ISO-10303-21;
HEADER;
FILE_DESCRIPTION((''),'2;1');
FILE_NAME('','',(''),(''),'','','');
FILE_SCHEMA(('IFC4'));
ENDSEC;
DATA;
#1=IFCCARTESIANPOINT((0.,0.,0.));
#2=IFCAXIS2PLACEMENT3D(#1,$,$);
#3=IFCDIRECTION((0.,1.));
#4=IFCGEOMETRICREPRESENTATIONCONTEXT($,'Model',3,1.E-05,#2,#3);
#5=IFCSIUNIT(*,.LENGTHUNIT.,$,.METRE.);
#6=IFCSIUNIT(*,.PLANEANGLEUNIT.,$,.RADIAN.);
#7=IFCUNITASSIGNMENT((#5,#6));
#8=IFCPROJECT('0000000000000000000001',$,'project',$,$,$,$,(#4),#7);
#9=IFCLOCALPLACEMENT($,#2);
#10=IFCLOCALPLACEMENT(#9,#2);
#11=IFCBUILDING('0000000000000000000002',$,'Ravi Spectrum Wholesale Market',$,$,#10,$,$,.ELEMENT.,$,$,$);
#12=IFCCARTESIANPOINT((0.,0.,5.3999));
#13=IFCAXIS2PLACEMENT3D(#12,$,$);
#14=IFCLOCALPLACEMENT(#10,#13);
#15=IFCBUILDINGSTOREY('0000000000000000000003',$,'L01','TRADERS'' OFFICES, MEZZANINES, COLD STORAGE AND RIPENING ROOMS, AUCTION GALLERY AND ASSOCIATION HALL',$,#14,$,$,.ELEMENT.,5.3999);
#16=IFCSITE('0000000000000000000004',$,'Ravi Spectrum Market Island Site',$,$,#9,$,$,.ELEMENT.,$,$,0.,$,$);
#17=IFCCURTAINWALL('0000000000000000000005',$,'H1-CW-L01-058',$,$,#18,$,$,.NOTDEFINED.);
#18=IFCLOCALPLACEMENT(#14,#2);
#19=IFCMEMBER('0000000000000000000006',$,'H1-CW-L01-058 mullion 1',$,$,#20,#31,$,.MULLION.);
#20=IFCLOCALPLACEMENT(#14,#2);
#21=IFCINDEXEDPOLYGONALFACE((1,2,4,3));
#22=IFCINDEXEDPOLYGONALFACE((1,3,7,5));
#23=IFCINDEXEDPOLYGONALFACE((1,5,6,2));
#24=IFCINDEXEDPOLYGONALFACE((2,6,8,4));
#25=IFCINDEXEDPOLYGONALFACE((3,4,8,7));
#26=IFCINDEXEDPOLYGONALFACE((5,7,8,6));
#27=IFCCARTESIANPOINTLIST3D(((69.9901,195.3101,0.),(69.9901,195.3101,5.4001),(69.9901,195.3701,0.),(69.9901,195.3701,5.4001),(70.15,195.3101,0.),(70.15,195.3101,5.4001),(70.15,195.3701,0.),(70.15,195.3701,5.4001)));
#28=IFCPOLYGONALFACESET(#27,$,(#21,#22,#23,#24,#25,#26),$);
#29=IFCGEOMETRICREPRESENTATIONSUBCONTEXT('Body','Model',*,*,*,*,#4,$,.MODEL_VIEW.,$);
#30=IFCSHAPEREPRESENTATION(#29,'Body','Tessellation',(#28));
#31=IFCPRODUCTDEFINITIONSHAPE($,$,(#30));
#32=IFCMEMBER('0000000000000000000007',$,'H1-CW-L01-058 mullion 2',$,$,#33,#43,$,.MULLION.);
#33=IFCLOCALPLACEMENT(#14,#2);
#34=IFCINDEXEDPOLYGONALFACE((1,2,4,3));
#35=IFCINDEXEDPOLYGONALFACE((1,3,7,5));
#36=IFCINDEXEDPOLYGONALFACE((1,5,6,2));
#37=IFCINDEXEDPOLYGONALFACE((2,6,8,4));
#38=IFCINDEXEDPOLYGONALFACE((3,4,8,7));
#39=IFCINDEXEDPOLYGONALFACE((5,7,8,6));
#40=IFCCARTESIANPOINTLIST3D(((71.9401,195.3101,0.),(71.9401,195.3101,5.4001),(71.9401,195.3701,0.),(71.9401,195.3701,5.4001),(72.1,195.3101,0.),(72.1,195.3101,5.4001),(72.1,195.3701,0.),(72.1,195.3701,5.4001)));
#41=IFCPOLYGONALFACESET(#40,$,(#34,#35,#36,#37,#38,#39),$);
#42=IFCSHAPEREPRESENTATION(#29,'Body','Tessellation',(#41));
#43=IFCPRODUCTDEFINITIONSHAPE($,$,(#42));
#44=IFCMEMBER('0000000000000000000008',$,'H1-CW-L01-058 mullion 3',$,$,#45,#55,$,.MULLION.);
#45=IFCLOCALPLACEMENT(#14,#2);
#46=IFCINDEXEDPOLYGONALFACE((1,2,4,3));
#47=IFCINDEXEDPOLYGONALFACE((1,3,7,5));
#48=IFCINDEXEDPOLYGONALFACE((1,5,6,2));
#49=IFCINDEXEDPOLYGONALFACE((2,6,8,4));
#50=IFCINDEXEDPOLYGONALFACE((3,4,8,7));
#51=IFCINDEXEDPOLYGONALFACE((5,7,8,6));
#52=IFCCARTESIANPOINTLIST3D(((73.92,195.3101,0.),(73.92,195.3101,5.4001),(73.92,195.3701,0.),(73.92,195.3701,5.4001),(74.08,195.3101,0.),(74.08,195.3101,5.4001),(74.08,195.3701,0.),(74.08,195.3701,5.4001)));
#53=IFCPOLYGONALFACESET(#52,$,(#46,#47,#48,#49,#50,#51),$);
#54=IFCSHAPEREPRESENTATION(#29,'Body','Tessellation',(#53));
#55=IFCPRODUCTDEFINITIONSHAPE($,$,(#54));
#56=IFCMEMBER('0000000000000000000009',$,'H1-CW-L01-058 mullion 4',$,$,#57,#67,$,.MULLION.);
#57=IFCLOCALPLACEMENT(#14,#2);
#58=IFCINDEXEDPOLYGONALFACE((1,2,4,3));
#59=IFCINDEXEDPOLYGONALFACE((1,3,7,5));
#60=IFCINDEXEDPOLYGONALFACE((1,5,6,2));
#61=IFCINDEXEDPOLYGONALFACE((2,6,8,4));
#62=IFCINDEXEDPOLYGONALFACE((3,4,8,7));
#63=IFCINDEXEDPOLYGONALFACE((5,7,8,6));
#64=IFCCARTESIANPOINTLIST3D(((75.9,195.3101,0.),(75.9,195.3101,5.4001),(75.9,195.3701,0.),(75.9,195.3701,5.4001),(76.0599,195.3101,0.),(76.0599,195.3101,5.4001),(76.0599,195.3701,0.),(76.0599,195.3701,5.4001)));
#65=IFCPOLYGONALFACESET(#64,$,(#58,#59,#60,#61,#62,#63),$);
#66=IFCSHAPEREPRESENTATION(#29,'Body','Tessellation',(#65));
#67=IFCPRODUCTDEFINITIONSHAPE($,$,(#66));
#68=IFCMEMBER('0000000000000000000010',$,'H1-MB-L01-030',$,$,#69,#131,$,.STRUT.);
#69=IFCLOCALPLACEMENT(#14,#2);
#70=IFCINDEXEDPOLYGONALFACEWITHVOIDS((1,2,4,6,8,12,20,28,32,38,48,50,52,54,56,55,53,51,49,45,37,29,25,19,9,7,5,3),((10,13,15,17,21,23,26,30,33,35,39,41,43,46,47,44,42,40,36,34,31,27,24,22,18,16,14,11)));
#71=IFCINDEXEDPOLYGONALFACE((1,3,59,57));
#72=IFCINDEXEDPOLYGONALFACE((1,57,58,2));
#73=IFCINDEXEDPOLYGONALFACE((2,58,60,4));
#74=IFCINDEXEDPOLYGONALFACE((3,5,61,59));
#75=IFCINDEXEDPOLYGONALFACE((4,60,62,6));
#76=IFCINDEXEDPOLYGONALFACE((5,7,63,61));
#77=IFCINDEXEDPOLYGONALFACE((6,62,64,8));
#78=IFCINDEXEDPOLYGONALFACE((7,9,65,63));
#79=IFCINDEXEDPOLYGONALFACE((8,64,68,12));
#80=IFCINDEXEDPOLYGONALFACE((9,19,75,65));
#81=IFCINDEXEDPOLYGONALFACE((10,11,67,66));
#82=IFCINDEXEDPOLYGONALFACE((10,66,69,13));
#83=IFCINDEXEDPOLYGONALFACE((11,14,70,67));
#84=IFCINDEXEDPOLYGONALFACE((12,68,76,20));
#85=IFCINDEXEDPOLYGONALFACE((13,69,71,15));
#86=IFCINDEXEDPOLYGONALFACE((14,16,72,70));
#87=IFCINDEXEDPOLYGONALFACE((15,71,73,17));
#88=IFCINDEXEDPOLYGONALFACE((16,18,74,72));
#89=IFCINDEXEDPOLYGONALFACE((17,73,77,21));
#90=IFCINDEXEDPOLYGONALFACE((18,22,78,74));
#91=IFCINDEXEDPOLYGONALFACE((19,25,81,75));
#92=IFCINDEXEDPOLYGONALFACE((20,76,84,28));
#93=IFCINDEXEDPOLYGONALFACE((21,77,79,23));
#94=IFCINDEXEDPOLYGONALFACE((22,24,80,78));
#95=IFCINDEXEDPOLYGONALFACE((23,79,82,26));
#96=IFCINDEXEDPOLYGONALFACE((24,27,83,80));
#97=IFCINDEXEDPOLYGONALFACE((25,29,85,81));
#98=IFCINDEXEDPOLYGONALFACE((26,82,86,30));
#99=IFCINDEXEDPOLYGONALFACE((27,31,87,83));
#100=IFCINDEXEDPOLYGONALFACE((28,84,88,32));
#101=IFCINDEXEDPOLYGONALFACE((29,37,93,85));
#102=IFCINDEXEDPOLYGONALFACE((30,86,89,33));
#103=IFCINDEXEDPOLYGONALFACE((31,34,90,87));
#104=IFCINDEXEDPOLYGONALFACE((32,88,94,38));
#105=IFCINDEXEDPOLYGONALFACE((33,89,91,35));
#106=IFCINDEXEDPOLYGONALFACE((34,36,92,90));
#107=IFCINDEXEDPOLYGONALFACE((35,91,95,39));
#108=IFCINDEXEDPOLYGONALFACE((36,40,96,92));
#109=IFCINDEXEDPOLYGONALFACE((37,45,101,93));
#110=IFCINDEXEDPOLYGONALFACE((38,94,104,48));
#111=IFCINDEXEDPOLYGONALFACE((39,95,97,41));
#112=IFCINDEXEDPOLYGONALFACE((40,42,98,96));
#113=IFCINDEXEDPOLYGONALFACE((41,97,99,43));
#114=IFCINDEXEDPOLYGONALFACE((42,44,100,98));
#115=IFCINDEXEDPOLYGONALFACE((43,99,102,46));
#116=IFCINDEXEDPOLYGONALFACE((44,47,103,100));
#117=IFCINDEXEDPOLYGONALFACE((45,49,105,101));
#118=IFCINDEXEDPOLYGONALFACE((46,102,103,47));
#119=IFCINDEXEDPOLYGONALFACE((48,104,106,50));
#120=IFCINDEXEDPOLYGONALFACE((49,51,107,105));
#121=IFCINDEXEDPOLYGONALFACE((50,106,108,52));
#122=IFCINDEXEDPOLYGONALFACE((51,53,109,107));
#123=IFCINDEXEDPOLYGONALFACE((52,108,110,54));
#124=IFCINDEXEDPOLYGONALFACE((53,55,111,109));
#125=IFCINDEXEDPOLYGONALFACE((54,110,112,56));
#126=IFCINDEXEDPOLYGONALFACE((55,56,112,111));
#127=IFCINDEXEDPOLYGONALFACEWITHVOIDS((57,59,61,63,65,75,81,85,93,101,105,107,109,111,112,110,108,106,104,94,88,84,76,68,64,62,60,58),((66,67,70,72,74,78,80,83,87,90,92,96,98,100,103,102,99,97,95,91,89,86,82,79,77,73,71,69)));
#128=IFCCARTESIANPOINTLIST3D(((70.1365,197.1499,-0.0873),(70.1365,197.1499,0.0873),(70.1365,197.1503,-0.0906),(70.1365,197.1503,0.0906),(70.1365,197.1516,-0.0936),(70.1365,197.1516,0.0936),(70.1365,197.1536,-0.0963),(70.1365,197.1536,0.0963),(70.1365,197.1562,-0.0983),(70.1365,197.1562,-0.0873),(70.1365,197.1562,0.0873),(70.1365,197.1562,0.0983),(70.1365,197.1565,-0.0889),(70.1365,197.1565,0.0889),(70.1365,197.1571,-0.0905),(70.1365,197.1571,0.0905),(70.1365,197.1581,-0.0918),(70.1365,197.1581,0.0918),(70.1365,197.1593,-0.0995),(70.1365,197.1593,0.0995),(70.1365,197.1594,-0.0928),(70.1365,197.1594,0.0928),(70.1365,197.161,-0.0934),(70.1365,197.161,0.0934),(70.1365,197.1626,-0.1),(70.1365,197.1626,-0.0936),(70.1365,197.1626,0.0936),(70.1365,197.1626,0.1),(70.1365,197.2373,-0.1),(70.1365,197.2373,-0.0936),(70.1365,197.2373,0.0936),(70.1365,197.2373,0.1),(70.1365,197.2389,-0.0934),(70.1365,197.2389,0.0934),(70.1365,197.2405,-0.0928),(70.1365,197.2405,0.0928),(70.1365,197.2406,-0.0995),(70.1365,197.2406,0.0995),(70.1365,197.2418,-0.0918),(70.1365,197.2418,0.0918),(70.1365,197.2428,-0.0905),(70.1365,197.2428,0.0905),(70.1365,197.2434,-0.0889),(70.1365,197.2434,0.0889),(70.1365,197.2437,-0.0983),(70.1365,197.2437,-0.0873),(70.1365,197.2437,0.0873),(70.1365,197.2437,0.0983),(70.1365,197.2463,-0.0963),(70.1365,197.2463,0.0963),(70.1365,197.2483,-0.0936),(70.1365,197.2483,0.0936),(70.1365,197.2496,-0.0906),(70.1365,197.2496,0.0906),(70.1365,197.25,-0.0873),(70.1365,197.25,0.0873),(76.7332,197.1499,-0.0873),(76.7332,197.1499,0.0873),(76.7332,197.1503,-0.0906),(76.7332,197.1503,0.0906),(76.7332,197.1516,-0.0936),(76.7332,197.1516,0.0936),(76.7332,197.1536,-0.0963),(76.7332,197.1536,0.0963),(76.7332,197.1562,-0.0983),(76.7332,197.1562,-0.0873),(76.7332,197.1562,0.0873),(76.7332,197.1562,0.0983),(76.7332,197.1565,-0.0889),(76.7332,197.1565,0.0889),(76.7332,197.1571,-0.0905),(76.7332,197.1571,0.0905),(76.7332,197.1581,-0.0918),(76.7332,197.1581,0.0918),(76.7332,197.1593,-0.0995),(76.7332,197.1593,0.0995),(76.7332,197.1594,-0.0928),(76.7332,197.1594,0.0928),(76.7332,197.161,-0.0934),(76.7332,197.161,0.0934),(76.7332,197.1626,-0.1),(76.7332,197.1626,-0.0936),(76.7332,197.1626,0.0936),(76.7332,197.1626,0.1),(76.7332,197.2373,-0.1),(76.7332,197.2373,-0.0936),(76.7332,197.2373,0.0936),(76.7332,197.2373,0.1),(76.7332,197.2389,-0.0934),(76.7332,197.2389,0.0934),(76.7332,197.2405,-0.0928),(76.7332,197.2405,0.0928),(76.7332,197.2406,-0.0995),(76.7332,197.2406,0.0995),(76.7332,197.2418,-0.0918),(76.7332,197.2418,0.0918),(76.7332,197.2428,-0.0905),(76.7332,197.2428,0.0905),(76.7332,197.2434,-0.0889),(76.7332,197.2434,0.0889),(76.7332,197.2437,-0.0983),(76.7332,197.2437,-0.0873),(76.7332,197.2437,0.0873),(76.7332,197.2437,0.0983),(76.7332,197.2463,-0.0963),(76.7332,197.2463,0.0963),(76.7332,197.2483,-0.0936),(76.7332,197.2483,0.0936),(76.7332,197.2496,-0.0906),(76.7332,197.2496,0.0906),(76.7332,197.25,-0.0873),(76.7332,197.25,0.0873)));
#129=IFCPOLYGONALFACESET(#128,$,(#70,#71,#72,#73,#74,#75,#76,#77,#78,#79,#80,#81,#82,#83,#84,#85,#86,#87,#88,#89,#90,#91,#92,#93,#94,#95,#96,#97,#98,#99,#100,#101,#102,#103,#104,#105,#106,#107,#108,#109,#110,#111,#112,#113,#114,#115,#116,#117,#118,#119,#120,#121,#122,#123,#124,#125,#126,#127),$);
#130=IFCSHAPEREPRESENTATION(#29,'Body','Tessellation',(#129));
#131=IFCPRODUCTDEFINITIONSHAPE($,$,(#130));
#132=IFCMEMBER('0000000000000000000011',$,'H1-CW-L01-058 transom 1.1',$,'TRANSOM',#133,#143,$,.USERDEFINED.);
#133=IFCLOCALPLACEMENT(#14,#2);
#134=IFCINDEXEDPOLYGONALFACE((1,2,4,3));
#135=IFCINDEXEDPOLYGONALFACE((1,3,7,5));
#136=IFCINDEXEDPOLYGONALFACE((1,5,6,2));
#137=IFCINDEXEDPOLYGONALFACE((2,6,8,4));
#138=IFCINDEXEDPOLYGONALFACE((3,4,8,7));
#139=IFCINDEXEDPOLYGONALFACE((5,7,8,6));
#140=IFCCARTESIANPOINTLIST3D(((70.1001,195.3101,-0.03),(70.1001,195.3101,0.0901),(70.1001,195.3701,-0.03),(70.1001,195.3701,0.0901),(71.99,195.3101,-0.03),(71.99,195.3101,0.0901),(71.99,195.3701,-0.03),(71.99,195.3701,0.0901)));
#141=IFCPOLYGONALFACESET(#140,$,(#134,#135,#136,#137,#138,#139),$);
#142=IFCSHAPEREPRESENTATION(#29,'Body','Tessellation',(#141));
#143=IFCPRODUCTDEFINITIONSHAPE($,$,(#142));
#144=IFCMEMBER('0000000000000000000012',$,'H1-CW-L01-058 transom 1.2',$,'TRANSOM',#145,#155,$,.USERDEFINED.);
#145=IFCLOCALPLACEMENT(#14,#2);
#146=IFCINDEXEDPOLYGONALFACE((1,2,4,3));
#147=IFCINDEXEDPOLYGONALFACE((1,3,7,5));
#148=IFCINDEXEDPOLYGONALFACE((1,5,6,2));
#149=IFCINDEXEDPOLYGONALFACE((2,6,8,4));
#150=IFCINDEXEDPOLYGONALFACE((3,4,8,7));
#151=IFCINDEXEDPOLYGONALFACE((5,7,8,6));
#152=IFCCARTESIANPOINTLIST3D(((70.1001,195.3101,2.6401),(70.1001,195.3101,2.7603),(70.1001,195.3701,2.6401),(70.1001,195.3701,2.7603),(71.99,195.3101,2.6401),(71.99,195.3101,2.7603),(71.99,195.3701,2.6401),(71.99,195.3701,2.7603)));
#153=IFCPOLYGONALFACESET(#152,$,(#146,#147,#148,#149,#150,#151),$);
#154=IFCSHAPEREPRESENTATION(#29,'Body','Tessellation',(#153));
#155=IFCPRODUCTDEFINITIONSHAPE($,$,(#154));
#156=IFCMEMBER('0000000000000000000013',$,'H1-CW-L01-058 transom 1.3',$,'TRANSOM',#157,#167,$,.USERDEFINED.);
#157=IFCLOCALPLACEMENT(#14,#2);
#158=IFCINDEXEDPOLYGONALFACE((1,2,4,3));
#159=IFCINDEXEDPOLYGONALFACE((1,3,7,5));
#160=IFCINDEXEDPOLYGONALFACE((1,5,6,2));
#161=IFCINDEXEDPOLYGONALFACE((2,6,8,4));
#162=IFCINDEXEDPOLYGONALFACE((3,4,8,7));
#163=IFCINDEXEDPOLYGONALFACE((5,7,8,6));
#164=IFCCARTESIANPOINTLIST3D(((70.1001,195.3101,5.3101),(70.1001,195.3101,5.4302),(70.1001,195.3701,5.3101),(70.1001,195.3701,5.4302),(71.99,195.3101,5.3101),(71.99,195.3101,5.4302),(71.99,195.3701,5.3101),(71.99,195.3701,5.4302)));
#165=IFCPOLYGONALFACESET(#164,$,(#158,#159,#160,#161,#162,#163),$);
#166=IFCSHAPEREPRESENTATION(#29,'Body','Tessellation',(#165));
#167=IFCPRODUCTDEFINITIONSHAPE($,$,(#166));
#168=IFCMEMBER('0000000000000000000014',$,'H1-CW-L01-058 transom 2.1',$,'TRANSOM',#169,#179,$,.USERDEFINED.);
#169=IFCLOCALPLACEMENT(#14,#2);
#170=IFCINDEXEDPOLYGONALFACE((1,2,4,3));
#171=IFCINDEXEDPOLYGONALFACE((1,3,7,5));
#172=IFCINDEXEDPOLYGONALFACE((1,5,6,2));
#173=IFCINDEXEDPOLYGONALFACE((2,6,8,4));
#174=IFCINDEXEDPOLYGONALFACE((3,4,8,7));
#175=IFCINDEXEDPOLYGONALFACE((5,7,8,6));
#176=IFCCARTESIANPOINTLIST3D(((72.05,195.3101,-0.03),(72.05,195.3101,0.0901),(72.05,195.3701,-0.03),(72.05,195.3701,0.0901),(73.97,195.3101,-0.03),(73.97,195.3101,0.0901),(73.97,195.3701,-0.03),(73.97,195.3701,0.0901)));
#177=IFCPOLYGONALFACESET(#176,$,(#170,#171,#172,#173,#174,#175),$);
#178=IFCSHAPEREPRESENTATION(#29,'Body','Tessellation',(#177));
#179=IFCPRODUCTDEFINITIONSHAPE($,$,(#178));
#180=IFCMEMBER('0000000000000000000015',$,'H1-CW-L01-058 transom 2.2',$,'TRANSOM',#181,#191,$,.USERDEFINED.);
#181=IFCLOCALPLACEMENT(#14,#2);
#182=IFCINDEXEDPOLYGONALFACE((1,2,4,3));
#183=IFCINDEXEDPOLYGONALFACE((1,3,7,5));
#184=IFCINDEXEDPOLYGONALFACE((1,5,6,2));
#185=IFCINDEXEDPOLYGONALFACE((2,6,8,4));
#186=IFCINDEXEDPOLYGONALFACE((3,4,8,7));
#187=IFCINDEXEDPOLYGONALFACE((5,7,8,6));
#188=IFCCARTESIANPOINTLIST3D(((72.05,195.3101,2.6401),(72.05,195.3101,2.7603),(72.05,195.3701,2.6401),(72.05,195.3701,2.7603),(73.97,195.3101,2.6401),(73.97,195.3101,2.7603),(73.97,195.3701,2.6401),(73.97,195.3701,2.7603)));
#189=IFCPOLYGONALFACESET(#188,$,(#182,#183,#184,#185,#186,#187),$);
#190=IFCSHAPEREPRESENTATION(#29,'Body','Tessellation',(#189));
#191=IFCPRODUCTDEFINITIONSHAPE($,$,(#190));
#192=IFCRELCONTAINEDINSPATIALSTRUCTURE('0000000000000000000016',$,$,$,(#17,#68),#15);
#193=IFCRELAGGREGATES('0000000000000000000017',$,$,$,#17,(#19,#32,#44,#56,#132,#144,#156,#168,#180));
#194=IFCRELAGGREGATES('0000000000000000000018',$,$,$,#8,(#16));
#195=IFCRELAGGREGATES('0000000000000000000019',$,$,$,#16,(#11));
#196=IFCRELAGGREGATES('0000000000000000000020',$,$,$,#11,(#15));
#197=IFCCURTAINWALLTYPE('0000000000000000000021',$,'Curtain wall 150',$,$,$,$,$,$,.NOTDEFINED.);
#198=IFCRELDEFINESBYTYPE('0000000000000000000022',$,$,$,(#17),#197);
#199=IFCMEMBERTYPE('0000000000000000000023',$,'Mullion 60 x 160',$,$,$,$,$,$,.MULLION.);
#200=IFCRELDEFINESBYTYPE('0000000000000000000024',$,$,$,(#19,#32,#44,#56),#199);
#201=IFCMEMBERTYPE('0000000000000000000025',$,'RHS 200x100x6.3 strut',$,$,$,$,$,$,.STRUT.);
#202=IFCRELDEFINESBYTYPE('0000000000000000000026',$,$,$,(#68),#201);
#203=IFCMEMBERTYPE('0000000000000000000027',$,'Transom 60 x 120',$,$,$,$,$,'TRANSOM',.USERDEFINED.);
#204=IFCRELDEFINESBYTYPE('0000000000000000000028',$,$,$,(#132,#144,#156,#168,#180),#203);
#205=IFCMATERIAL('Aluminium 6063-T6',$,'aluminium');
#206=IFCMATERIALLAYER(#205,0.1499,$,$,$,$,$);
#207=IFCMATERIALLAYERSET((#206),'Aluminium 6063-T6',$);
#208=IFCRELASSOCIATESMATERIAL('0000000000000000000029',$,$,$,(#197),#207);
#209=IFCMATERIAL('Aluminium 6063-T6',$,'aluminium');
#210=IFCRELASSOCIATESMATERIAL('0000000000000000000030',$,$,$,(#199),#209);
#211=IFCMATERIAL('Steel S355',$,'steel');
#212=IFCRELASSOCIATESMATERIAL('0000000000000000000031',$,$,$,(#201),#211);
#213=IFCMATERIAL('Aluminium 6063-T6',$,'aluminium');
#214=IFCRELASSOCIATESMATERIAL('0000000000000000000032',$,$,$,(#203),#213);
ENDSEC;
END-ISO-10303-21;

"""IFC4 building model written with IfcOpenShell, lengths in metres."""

from ifc_helpers import new_model, si_unit, direction, frame, origin, origin_2d, place, context, subcontext, project, spatial, rectangle, hollow_rectangle, extrude, material, layer, layer_set, material_profile, profile_set, type_object, element, aggregate, save


model = new_model("IFC4")

# Units and contexts
model_context = context("Model", 3, precision=1e-05, world=origin(), true_north=direction((0.0, 1.0)))
body_context = subcontext(model_context, "Body", "Model", "MODEL_VIEW")
ifc_project = project(units=[si_unit("LENGTHUNIT", "METRE"), si_unit("PLANEANGLEUNIT", "RADIAN")], contexts=[model_context])

# Site, building, storey
site_placement = place(None, origin())
site = spatial("IfcSite", under=ifc_project, at=site_placement, Name="Ravi Spectrum Market Island Site", CompositionType="ELEMENT", RefElevation=0.0)
building_placement = place(site_placement, origin())
building = spatial("IfcBuilding", under=site, at=building_placement, Name="Ravi Spectrum Wholesale Market", CompositionType="ELEMENT")
storey_placement = place(building_placement, frame((0.0, 0.0, 5.3999)))
storey = spatial("IfcBuildingStorey", under=building, at=storey_placement, Name="L01", Description="TRADERS' OFFICES, MEZZANINES, COLD STORAGE AND RIPENING ROOMS, AUCTION GALLERY AND ASSOCIATION HALL", CompositionType="ELEMENT", Elevation=5.3999)

# Curtain wall, members
ifc_material_1 = material(Name="Aluminium 6063-T6", Category="aluminium")
ifc_layer_1 = layer(ifc_material_1, 0.1499)
ifc_layer_set_1 = layer_set([ifc_layer_1], Name="Aluminium 6063-T6")
curtain_wall_type = type_object("IfcCurtainWallType", Name="Curtain wall 150", PredefinedType="NOTDEFINED", material=ifc_layer_set_1)
curtain_wall_placement = place(storey_placement, origin())
curtain_wall = element("IfcCurtainWall", 1, at=curtain_wall_placement, inside=storey, type_object=curtain_wall_type, Name="H1-CW-L01-058", PredefinedType="NOTDEFINED")
ifc_material_2 = material(Name="Aluminium 6063-T6", Category="aluminium")
ifc_material_profile_1 = material_profile(ifc_material_2, rectangle(XDim=0.0601, YDim=0.1599, at=origin_2d()))
ifc_profile_set_1 = profile_set([ifc_material_profile_1], Name="Aluminium 6063-T6")
member_type_1 = type_object("IfcMemberType", Name="Mullion 60 x 160", PredefinedType="MULLION", material=ifc_profile_set_1)
member_1_placement = place(storey_placement, frame((70.0701, 195.3401, 0.0), z_axis=(0.0, 0.0, 1.0), x_axis=(0.0, 1.0, 0.0)))
member_1 = element("IfcMember", 2, at=member_1_placement, type_object=member_type_1, Name="H1-CW-L01-058 mullion 1", PredefinedType="MULLION", context=body_context, shape_type="SweptSolid", body=[
    extrude(rectangle(XDim=0.0601, YDim=0.1599, at=origin_2d()), origin(), (0.0, 0.0, 1.0), 5.4001),
])
member_2_placement = place(storey_placement, frame((72.02, 195.3401, 0.0), z_axis=(0.0, 0.0, 1.0), x_axis=(0.0, 1.0, 0.0)))
member_2 = element("IfcMember", 3, at=member_2_placement, type_object=member_type_1, Name="H1-CW-L01-058 mullion 2", PredefinedType="MULLION", context=body_context, shape_type="SweptSolid", body=[
    extrude(rectangle(XDim=0.0601, YDim=0.1599, at=origin_2d()), origin(), (0.0, 0.0, 1.0), 5.4001),
])
member_3_placement = place(storey_placement, frame((74.0, 195.3401, 0.0), z_axis=(0.0, 0.0, 1.0), x_axis=(0.0, 1.0, 0.0)))
member_3 = element("IfcMember", 4, at=member_3_placement, type_object=member_type_1, Name="H1-CW-L01-058 mullion 3", PredefinedType="MULLION", context=body_context, shape_type="SweptSolid", body=[
    extrude(rectangle(XDim=0.0601, YDim=0.1599, at=origin_2d()), origin(), (0.0, 0.0, 1.0), 5.4001),
])
member_4_placement = place(storey_placement, frame((75.98, 195.3401, 0.0), z_axis=(0.0, 0.0, 1.0), x_axis=(0.0, 1.0, 0.0)))
member_4 = element("IfcMember", 5, at=member_4_placement, type_object=member_type_1, Name="H1-CW-L01-058 mullion 4", PredefinedType="MULLION", context=body_context, shape_type="SweptSolid", body=[
    extrude(rectangle(XDim=0.0601, YDim=0.1599, at=origin_2d()), origin(), (0.0, 0.0, 1.0), 5.4001),
])

# Members
ifc_material_3 = material(Name="Steel S355", Category="steel")
ifc_material_profile_2 = material_profile(ifc_material_3, hollow_rectangle(XDim=0.1001, YDim=0.2, WallThickness=0.0063, InnerFilletRadius=0.0063, OuterFilletRadius=0.0127, at=origin_2d()))
ifc_profile_set_2 = profile_set([ifc_material_profile_2], Name="Steel S355")
member_type_2 = type_object("IfcMemberType", Name="RHS 200x100x6.3 strut", PredefinedType="STRUT", material=ifc_profile_set_2)
member_5_placement = place(storey_placement, frame((70.1365, 197.2, 0.0), z_axis=(1.0, 0.0, 0.0), x_axis=(0.0, 1.0, 0.0)))
element("IfcMember", 6, at=member_5_placement, inside=storey, type_object=member_type_2, Name="H1-MB-L01-030", PredefinedType="STRUT", context=body_context, shape_type="SweptSolid", body=[
    extrude(hollow_rectangle(XDim=0.1001, YDim=0.2, WallThickness=0.0063, InnerFilletRadius=0.0063, OuterFilletRadius=0.0127, at=origin_2d()), origin(), (0.0, 0.0, 1.0), 6.5967),
])
ifc_material_4 = material(Name="Aluminium 6063-T6", Category="aluminium")
ifc_material_profile_3 = material_profile(ifc_material_4, rectangle(XDim=0.0601, YDim=0.1201, at=origin_2d()))
ifc_profile_set_3 = profile_set([ifc_material_profile_3], Name="Aluminium 6063-T6")
member_type_3 = type_object("IfcMemberType", Name="Transom 60 x 120", ElementType="TRANSOM", PredefinedType="USERDEFINED", material=ifc_profile_set_3)
member_6_placement = place(storey_placement, frame((70.1001, 195.3401, 0.03), z_axis=(1.0, 0.0, 0.0), x_axis=(0.0, 1.0, 0.0)))
member_6 = element("IfcMember", 7, at=member_6_placement, type_object=member_type_3, Name="H1-CW-L01-058 transom 1.1", ObjectType="TRANSOM", PredefinedType="USERDEFINED", context=body_context, shape_type="SweptSolid", body=[
    extrude(rectangle(XDim=0.0601, YDim=0.1201, at=origin_2d()), origin(), (0.0, 0.0, 1.0), 1.8899),
])
member_7_placement = place(storey_placement, frame((70.1001, 195.3401, 2.7002), z_axis=(1.0, 0.0, 0.0), x_axis=(0.0, 1.0, 0.0)))
member_7 = element("IfcMember", 8, at=member_7_placement, type_object=member_type_3, Name="H1-CW-L01-058 transom 1.2", ObjectType="TRANSOM", PredefinedType="USERDEFINED", context=body_context, shape_type="SweptSolid", body=[
    extrude(rectangle(XDim=0.0601, YDim=0.1201, at=origin_2d()), origin(), (0.0, 0.0, 1.0), 1.8899),
])
member_8_placement = place(storey_placement, frame((70.1001, 195.3401, 5.3701), z_axis=(1.0, 0.0, 0.0), x_axis=(0.0, 1.0, 0.0)))
member_8 = element("IfcMember", 9, at=member_8_placement, type_object=member_type_3, Name="H1-CW-L01-058 transom 1.3", ObjectType="TRANSOM", PredefinedType="USERDEFINED", context=body_context, shape_type="SweptSolid", body=[
    extrude(rectangle(XDim=0.0601, YDim=0.1201, at=origin_2d()), origin(), (0.0, 0.0, 1.0), 1.8899),
])
member_9_placement = place(storey_placement, frame((72.05, 195.3401, 0.03), z_axis=(1.0, 0.0, 0.0), x_axis=(0.0, 1.0, 0.0)))
member_9 = element("IfcMember", 10, at=member_9_placement, type_object=member_type_3, Name="H1-CW-L01-058 transom 2.1", ObjectType="TRANSOM", PredefinedType="USERDEFINED", context=body_context, shape_type="SweptSolid", body=[
    extrude(rectangle(XDim=0.0601, YDim=0.1201, at=origin_2d()), origin(), (0.0, 0.0, 1.0), 1.9199),
])
member_10_placement = place(storey_placement, frame((72.05, 195.3401, 2.7002), z_axis=(1.0, 0.0, 0.0), x_axis=(0.0, 1.0, 0.0)))
member_10 = element("IfcMember", 11, at=member_10_placement, type_object=member_type_3, Name="H1-CW-L01-058 transom 2.2", ObjectType="TRANSOM", PredefinedType="USERDEFINED", context=body_context, shape_type="SweptSolid", body=[
    extrude(rectangle(XDim=0.0601, YDim=0.1201, at=origin_2d()), origin(), (0.0, 0.0, 1.0), 1.9199),
])

aggregate(curtain_wall, [member_1, member_2, member_3, member_4, member_6, member_7, member_8, member_9, member_10])

save(model, "model.ifc")
